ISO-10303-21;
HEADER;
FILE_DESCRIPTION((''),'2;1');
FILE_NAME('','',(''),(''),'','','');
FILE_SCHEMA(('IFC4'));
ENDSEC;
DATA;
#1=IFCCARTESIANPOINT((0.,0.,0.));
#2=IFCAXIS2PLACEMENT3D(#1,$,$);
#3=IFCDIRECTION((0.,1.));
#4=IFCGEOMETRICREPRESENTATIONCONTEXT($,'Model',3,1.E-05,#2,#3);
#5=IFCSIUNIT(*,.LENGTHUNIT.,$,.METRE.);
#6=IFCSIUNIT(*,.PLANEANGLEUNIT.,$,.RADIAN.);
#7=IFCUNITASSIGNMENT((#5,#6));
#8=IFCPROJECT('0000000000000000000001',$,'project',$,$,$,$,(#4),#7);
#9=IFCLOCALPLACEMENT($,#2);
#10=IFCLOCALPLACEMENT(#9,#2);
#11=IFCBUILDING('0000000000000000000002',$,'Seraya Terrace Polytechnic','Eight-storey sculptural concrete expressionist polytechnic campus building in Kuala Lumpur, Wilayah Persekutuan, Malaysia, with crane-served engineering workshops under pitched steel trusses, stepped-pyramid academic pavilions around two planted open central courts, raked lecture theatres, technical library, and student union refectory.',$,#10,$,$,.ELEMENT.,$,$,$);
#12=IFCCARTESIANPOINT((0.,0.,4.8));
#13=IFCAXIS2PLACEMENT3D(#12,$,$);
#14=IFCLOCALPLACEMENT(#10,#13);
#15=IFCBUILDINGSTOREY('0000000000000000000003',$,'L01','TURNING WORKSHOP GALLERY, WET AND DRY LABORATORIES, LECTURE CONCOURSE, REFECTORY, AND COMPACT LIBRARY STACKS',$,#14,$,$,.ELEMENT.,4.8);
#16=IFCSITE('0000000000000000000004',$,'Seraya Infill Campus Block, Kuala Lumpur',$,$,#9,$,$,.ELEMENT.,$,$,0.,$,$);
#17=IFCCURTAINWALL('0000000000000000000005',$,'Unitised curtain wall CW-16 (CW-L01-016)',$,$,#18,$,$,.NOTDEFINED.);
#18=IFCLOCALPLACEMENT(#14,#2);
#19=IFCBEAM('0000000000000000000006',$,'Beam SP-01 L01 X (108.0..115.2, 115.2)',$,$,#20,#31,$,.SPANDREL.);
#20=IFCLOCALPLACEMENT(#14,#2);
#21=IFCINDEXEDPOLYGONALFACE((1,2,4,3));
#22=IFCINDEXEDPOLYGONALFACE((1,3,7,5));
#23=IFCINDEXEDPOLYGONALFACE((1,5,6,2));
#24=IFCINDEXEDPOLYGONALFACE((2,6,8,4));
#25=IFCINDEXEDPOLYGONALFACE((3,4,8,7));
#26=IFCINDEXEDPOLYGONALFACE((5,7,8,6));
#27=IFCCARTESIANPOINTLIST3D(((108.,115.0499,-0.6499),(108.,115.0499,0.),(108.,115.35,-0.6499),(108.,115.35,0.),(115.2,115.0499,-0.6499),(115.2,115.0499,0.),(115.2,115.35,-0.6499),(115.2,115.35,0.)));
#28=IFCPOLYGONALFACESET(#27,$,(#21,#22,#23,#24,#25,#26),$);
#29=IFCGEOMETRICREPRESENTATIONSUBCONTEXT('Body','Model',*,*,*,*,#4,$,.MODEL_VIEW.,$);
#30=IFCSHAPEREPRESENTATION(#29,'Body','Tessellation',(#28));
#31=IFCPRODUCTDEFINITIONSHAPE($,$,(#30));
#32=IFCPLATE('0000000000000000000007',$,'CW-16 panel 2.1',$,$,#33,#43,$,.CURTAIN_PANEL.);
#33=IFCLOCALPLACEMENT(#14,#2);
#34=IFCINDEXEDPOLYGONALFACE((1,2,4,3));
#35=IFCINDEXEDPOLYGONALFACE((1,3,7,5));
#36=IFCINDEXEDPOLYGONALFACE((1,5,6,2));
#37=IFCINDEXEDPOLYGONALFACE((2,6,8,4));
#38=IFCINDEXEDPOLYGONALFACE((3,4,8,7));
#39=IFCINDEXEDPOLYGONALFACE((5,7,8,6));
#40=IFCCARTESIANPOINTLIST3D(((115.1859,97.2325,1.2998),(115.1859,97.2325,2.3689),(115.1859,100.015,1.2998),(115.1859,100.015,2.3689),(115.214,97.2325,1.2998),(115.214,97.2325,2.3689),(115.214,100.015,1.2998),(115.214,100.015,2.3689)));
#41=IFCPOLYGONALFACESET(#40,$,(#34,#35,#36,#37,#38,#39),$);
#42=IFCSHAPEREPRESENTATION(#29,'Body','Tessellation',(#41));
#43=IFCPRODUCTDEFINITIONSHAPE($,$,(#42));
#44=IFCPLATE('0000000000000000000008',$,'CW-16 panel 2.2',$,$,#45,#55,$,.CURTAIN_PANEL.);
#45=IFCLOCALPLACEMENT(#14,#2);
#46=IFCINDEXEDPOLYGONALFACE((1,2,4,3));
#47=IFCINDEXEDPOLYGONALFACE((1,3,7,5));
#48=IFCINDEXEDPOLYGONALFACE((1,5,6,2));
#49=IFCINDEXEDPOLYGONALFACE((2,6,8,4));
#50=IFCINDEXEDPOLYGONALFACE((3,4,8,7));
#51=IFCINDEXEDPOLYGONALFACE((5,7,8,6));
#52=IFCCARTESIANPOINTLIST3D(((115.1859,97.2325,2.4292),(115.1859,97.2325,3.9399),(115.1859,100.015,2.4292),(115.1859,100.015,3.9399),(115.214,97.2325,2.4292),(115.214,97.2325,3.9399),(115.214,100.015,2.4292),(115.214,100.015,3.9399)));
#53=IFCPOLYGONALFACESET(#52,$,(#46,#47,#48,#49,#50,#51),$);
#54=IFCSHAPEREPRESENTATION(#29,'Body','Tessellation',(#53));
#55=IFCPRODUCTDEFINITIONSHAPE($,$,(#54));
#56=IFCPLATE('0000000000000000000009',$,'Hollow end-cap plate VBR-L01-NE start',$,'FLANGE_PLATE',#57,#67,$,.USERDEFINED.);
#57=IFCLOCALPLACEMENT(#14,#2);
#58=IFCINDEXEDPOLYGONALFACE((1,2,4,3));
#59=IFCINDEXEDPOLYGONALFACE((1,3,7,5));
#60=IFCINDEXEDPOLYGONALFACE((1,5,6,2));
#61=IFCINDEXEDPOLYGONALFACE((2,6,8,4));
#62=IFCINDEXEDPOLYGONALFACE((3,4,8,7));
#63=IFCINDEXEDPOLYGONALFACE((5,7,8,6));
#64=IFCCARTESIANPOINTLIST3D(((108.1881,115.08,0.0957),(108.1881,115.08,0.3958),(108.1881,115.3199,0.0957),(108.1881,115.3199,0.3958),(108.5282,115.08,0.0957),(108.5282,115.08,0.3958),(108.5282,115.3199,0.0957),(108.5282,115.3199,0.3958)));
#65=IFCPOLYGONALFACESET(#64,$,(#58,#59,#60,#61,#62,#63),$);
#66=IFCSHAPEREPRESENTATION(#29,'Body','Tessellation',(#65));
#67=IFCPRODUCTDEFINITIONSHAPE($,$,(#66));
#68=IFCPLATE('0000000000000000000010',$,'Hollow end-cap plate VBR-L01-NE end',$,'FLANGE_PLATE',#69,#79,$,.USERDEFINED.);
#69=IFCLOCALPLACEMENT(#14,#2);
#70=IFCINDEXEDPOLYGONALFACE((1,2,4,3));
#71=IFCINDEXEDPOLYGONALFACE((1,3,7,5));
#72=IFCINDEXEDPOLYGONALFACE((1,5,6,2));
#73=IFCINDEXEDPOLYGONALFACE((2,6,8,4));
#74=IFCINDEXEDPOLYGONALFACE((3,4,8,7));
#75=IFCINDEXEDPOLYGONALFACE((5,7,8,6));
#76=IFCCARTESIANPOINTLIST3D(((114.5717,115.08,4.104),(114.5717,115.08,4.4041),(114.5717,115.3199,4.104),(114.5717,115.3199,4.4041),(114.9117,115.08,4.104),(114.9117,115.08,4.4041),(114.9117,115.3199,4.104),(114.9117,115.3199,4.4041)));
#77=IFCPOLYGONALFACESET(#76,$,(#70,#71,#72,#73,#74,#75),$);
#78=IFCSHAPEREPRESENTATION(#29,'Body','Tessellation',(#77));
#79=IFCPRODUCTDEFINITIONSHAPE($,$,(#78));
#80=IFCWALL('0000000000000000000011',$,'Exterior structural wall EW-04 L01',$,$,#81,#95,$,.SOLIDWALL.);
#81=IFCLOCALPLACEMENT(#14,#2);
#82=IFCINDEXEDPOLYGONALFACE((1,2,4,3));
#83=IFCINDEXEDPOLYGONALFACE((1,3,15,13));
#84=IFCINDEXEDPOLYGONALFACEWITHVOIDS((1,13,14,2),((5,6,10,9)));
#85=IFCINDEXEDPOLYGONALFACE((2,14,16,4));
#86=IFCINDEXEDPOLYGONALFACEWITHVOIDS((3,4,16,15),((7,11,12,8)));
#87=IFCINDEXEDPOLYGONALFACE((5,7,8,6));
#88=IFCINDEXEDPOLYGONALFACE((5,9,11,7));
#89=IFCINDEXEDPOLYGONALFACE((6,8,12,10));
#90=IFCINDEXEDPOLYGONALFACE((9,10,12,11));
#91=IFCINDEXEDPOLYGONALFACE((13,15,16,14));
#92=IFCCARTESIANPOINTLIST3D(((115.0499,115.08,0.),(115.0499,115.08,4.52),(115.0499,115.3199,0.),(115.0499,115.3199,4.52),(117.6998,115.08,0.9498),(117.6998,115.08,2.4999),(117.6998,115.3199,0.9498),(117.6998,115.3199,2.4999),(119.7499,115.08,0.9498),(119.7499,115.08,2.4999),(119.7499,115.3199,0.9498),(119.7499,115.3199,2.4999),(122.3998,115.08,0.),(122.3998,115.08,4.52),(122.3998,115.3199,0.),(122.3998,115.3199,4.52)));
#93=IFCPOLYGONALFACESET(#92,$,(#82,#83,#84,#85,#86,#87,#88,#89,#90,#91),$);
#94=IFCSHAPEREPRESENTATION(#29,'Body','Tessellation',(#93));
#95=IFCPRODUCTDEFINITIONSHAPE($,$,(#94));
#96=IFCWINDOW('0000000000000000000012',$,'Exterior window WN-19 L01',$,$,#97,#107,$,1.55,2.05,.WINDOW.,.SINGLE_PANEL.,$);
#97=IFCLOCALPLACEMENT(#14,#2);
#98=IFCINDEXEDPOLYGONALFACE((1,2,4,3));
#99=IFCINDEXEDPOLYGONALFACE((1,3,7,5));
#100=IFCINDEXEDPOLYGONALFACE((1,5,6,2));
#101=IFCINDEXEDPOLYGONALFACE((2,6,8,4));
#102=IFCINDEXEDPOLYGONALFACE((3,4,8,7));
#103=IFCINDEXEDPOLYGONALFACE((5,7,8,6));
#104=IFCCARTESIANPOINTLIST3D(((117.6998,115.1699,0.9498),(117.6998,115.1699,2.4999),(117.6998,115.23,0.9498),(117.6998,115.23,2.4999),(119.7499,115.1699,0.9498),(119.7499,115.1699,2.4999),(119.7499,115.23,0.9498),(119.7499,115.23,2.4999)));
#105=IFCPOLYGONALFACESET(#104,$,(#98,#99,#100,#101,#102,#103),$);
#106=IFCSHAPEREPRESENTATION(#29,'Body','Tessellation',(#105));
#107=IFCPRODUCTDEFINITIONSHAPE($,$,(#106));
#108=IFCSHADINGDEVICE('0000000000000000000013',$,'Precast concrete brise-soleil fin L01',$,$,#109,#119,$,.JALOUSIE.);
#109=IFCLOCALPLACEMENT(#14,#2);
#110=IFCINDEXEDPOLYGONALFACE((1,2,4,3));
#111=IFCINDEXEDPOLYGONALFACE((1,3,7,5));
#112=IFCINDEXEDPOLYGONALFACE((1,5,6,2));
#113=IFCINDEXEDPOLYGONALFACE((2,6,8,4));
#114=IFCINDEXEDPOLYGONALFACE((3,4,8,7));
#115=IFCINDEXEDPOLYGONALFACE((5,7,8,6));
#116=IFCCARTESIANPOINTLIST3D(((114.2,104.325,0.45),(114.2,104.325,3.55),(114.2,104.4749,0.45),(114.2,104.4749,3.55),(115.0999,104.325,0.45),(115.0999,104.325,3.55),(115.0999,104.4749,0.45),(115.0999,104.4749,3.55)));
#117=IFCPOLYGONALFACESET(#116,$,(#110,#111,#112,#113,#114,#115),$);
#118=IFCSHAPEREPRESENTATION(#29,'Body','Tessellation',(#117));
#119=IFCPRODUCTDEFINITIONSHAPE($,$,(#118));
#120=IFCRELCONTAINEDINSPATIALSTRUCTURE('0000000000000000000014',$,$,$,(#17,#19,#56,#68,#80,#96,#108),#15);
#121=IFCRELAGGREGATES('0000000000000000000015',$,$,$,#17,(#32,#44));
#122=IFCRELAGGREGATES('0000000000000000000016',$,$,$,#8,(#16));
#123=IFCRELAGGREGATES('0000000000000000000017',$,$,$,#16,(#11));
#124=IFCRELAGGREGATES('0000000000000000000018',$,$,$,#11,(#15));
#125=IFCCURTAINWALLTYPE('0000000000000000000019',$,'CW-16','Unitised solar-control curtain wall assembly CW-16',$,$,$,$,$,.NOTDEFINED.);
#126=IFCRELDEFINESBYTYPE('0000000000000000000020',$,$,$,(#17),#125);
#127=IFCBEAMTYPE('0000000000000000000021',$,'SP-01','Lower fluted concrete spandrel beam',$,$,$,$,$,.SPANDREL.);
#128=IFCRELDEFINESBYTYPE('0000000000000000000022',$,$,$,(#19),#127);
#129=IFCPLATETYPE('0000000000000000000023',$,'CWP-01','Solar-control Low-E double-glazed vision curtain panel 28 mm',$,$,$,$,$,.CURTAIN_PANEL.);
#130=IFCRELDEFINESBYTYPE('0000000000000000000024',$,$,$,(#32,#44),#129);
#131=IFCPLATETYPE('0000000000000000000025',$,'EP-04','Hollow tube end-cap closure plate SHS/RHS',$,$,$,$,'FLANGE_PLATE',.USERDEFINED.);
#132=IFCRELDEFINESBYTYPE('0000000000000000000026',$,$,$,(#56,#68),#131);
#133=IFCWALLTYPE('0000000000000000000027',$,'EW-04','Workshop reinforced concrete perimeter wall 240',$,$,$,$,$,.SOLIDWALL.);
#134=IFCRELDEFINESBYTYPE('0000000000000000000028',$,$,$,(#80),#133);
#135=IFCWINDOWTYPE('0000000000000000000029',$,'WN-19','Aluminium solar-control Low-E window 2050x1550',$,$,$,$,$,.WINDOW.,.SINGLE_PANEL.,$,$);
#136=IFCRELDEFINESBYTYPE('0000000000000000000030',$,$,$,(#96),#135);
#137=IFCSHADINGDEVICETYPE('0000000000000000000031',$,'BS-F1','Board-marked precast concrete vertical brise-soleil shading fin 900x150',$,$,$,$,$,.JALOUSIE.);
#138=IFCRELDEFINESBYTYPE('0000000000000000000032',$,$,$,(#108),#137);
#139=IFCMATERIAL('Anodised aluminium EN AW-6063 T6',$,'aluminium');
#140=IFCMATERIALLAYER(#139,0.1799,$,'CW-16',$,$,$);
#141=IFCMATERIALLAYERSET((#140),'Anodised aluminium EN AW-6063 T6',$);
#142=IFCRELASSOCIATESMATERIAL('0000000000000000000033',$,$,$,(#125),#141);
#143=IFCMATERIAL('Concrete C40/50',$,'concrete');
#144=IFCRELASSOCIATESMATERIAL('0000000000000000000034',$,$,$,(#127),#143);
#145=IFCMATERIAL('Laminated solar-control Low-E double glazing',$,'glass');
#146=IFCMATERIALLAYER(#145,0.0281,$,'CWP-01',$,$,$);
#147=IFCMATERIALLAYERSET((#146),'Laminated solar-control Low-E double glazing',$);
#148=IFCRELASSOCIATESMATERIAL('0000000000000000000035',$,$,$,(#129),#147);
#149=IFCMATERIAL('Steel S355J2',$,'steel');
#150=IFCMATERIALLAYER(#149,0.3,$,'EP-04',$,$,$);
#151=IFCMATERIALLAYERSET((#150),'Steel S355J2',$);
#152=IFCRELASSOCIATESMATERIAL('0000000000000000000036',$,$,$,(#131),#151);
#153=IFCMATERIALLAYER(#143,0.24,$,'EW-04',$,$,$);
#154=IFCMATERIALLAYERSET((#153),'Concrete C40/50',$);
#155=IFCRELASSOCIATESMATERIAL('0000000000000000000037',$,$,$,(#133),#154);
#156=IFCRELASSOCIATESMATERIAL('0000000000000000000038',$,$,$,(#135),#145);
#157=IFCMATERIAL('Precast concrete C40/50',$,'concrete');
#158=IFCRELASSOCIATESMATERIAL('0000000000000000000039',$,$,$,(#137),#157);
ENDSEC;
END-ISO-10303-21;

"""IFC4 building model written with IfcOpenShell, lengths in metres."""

from ifc_helpers import new_model, si_unit, direction, frame, frame_2d, origin, origin_2d, place, context, subcontext, project, spatial, rectangle, extrude, material, layer, layer_set, material_profile, profile_set, type_object, element, fill, aggregate, save


model = new_model("IFC4")

# Units and contexts
model_context = context("Model", 3, precision=1e-05, world=origin(), true_north=direction((0.0, 1.0)))
body_context = subcontext(model_context, "Body", "Model", "MODEL_VIEW")
ifc_project = project(units=[si_unit("LENGTHUNIT", "METRE"), si_unit("PLANEANGLEUNIT", "RADIAN")], contexts=[model_context])

# Site, building, storey
site_placement = place(None, origin())
site = spatial("IfcSite", under=ifc_project, at=site_placement, Name="Seraya Infill Campus Block, Kuala Lumpur", CompositionType="ELEMENT", RefElevation=0.0)
building_placement = place(site_placement, origin())
building = spatial("IfcBuilding", under=site, at=building_placement, Name="Seraya Terrace Polytechnic", Description="Eight-storey sculptural concrete expressionist polytechnic campus building in Kuala Lumpur, Wilayah Persekutuan, Malaysia, with crane-served engineering workshops under pitched steel trusses, stepped-pyramid academic pavilions around two planted open central courts, raked lecture theatres, technical library, and student union refectory.", CompositionType="ELEMENT")
storey_placement = place(building_placement, frame((0.0, 0.0, 4.8)))
storey = spatial("IfcBuildingStorey", under=building, at=storey_placement, Name="L01", Description="TURNING WORKSHOP GALLERY, WET AND DRY LABORATORIES, LECTURE CONCOURSE, REFECTORY, AND COMPACT LIBRARY STACKS", CompositionType="ELEMENT", Elevation=4.8)

# Shared definitions
ifc_material_1 = material(Name="Concrete C40/50", Category="concrete")

# Shared definitions
ifc_material_2 = material(Name="Steel S355J2", Category="steel")

# Curtain wall
ifc_material_3 = material(Name="Anodised aluminium EN AW-6063 T6", Category="aluminium")
ifc_layer_1 = layer(ifc_material_3, 0.1799, Name="CW-16")
ifc_layer_set_1 = layer_set([ifc_layer_1], Name="Anodised aluminium EN AW-6063 T6")
curtain_wall_type = type_object("IfcCurtainWallType", Name="CW-16", Description="Unitised solar-control curtain wall assembly CW-16", PredefinedType="NOTDEFINED", material=ifc_layer_set_1)
curtain_wall_placement = place(storey_placement, origin())
curtain_wall = element("IfcCurtainWall", 1, at=curtain_wall_placement, inside=storey, type_object=curtain_wall_type, Name="Unitised curtain wall CW-16 (CW-L01-016)", PredefinedType="NOTDEFINED")

# Beam
ifc_material_profile_1 = material_profile(ifc_material_1, rectangle(XDim=0.3, YDim=0.6499, at=origin_2d()), Name="RC 300x650")
ifc_profile_set_1 = profile_set([ifc_material_profile_1], Name="Concrete C40/50")
beam_type_1 = type_object("IfcBeamType", Name="SP-01", Description="Lower fluted concrete spandrel beam", PredefinedType="SPANDREL", material=ifc_profile_set_1)
for number, where, z_axis, x_axis, name in (
    (2, (108.0, 115.2, -0.325), (1.0, 0.0, 0.0), (0.0, 1.0, 0.0), "Beam SP-01 L01 X (108.0..115.2, 115.2)"),
):
    element("IfcBeam", number, at=place(storey_placement, frame(where, z_axis=z_axis, x_axis=x_axis)), inside=storey, type_object=beam_type_1, Name=name, PredefinedType="SPANDREL", context=body_context, shape_type="SweptSolid", body=[
        extrude(rectangle(XDim=0.3, YDim=0.6499, at=origin_2d()), origin(), (0.0, 0.0, 1.0), 7.2),
    ])

# Plates
ifc_material_4 = material(Name="Laminated solar-control Low-E double glazing", Category="glass")
ifc_layer_2 = layer(ifc_material_4, 0.0281, Name="CWP-01")
ifc_layer_set_2 = layer_set([ifc_layer_2], Name="Laminated solar-control Low-E double glazing")
plate_type_1 = type_object("IfcPlateType", Name="CWP-01", Description="Solar-control Low-E double-glazed vision curtain panel 28 mm", PredefinedType="CURTAIN_PANEL", material=ifc_layer_set_2)
plate_1_placement = place(storey_placement, frame((115.2, 98.6238, 1.2998), z_axis=(0.0, 0.0, 1.0), x_axis=(0.0, 1.0, 0.0)))
plate_1 = element("IfcPlate", 3, at=plate_1_placement, type_object=plate_type_1, Name="CW-16 panel 2.1", PredefinedType="CURTAIN_PANEL", context=body_context, shape_type="SweptSolid", body=[
    extrude(rectangle(XDim=2.7825, YDim=0.0281, at=origin_2d()), origin(), (0.0, 0.0, 1.0), 1.0691),
])
plate_2_placement = place(storey_placement, frame((115.2, 98.6238, 2.4292), z_axis=(0.0, 0.0, 1.0), x_axis=(0.0, 1.0, 0.0)))
plate_2 = element("IfcPlate", 4, at=plate_2_placement, type_object=plate_type_1, Name="CW-16 panel 2.2", PredefinedType="CURTAIN_PANEL", context=body_context, shape_type="SweptSolid", body=[
    extrude(rectangle(XDim=2.7825, YDim=0.0281, at=origin_2d()), origin(), (0.0, 0.0, 1.0), 1.5107),
])
aggregate(curtain_wall, [plate_1, plate_2])

# Plates
ifc_layer_3 = layer(ifc_material_2, 0.3, Name="EP-04")
ifc_layer_set_3 = layer_set([ifc_layer_3], Name="Steel S355J2")
plate_type_2 = type_object("IfcPlateType", Name="EP-04", Description="Hollow tube end-cap closure plate SHS/RHS", ElementType="FLANGE_PLATE", PredefinedType="USERDEFINED", material=ifc_layer_set_3)
for number, where, z_axis, x_axis, name in (
    (5, (108.3582, 115.2, 0.0957), (0.0, 0.0, 1.0), (1.0, 0.0, 0.0), "Hollow end-cap plate VBR-L01-NE start"),
    (6, (114.7417, 115.2, 4.104), (0.0, 0.0, 1.0), (1.0, 0.0, 0.0), "Hollow end-cap plate VBR-L01-NE end"),
):
    element("IfcPlate", number, at=place(storey_placement, frame(where, z_axis=z_axis, x_axis=x_axis)), inside=storey, type_object=plate_type_2, Name=name, ObjectType="FLANGE_PLATE", PredefinedType="USERDEFINED", context=body_context, shape_type="SweptSolid", body=[
        extrude(rectangle(XDim=0.3401, YDim=0.24, at=origin_2d()), origin(), (0.0, 0.0, 1.0), 0.3),
    ])

# Wall, opening, window
ifc_layer_4 = layer(ifc_material_1, 0.24, Name="EW-04")
ifc_layer_set_4 = layer_set([ifc_layer_4], Name="Concrete C40/50")
wall_type = type_object("IfcWallType", Name="EW-04", Description="Workshop reinforced concrete perimeter wall 240", PredefinedType="SOLIDWALL", material=ifc_layer_set_4)
wall_placement = place(storey_placement, frame((115.05, 115.2, 0.0), z_axis=(0.0, 0.0, 1.0), x_axis=(1.0, 0.0, 0.0)))
wall = element("IfcWall", 7, at=wall_placement, inside=storey, type_object=wall_type, Name="Exterior structural wall EW-04 L01", PredefinedType="SOLIDWALL", context=body_context, shape_type="SweptSolid", body=[
    extrude(rectangle(XDim=7.3499, YDim=0.24, at=frame_2d((3.6748, 0.0))), origin(), (0.0, 0.0, 1.0), 4.52),
])
opening_placement = place(wall_placement, frame((2.6499, 0.0, 0.95)))
opening = element("IfcOpeningElement", 8, at=opening_placement, cuts=wall, PredefinedType="OPENING", context=body_context, shape_type="SweptSolid", body=[
    extrude(rectangle(XDim=2.05, YDim=1.55, at=frame_2d((1.0249, 0.7749))), frame((0.0, 0.1318, 0.0), z_axis=(0.0, -1.0, 0.0), x_axis=(1.0, 0.0, 0.0)), (0.0, 0.0, 1.0), 0.2639),
])
window_type = type_object("IfcWindowType", Name="WN-19", Description="Aluminium solar-control Low-E window 2050x1550", PartitioningType="SINGLE_PANEL", PredefinedType="WINDOW", material=ifc_material_4)
window_placement = place(opening_placement, origin())
window = element("IfcWindow", 9, at=window_placement, inside=storey, type_object=window_type, Name="Exterior window WN-19 L01", OverallHeight=1.55, OverallWidth=2.05, PartitioningType="SINGLE_PANEL", PredefinedType="WINDOW", context=body_context, shape_type="SweptSolid", body=[
    extrude(rectangle(XDim=2.05, YDim=1.55, at=frame_2d((1.0249, 0.7749))), frame((0.0, 0.03, 0.0), z_axis=(0.0, -1.0, 0.0), x_axis=(1.0, 0.0, 0.0)), (0.0, 0.0, 1.0), 0.0601),
])
fill(opening, window)

# Shading device
ifc_material_5 = material(Name="Precast concrete C40/50", Category="concrete")
shading_device_type = type_object("IfcShadingDeviceType", Name="BS-F1", Description="Board-marked precast concrete vertical brise-soleil shading fin 900x150", PredefinedType="JALOUSIE", material=ifc_material_5)
shading_device_placement = place(storey_placement, frame((114.6499, 104.3999, 0.45), z_axis=(0.0, 0.0, 1.0), x_axis=(-1.0, 0.0, 0.0)))
element("IfcShadingDevice", 10, at=shading_device_placement, inside=storey, type_object=shading_device_type, Name="Precast concrete brise-soleil fin L01", PredefinedType="JALOUSIE", context=body_context, shape_type="SweptSolid", body=[
    extrude(rectangle(XDim=0.8999, YDim=0.1499, at=origin_2d()), origin(), (0.0, 0.0, 1.0), 3.1001),
])

save(model, "model.ifc")
